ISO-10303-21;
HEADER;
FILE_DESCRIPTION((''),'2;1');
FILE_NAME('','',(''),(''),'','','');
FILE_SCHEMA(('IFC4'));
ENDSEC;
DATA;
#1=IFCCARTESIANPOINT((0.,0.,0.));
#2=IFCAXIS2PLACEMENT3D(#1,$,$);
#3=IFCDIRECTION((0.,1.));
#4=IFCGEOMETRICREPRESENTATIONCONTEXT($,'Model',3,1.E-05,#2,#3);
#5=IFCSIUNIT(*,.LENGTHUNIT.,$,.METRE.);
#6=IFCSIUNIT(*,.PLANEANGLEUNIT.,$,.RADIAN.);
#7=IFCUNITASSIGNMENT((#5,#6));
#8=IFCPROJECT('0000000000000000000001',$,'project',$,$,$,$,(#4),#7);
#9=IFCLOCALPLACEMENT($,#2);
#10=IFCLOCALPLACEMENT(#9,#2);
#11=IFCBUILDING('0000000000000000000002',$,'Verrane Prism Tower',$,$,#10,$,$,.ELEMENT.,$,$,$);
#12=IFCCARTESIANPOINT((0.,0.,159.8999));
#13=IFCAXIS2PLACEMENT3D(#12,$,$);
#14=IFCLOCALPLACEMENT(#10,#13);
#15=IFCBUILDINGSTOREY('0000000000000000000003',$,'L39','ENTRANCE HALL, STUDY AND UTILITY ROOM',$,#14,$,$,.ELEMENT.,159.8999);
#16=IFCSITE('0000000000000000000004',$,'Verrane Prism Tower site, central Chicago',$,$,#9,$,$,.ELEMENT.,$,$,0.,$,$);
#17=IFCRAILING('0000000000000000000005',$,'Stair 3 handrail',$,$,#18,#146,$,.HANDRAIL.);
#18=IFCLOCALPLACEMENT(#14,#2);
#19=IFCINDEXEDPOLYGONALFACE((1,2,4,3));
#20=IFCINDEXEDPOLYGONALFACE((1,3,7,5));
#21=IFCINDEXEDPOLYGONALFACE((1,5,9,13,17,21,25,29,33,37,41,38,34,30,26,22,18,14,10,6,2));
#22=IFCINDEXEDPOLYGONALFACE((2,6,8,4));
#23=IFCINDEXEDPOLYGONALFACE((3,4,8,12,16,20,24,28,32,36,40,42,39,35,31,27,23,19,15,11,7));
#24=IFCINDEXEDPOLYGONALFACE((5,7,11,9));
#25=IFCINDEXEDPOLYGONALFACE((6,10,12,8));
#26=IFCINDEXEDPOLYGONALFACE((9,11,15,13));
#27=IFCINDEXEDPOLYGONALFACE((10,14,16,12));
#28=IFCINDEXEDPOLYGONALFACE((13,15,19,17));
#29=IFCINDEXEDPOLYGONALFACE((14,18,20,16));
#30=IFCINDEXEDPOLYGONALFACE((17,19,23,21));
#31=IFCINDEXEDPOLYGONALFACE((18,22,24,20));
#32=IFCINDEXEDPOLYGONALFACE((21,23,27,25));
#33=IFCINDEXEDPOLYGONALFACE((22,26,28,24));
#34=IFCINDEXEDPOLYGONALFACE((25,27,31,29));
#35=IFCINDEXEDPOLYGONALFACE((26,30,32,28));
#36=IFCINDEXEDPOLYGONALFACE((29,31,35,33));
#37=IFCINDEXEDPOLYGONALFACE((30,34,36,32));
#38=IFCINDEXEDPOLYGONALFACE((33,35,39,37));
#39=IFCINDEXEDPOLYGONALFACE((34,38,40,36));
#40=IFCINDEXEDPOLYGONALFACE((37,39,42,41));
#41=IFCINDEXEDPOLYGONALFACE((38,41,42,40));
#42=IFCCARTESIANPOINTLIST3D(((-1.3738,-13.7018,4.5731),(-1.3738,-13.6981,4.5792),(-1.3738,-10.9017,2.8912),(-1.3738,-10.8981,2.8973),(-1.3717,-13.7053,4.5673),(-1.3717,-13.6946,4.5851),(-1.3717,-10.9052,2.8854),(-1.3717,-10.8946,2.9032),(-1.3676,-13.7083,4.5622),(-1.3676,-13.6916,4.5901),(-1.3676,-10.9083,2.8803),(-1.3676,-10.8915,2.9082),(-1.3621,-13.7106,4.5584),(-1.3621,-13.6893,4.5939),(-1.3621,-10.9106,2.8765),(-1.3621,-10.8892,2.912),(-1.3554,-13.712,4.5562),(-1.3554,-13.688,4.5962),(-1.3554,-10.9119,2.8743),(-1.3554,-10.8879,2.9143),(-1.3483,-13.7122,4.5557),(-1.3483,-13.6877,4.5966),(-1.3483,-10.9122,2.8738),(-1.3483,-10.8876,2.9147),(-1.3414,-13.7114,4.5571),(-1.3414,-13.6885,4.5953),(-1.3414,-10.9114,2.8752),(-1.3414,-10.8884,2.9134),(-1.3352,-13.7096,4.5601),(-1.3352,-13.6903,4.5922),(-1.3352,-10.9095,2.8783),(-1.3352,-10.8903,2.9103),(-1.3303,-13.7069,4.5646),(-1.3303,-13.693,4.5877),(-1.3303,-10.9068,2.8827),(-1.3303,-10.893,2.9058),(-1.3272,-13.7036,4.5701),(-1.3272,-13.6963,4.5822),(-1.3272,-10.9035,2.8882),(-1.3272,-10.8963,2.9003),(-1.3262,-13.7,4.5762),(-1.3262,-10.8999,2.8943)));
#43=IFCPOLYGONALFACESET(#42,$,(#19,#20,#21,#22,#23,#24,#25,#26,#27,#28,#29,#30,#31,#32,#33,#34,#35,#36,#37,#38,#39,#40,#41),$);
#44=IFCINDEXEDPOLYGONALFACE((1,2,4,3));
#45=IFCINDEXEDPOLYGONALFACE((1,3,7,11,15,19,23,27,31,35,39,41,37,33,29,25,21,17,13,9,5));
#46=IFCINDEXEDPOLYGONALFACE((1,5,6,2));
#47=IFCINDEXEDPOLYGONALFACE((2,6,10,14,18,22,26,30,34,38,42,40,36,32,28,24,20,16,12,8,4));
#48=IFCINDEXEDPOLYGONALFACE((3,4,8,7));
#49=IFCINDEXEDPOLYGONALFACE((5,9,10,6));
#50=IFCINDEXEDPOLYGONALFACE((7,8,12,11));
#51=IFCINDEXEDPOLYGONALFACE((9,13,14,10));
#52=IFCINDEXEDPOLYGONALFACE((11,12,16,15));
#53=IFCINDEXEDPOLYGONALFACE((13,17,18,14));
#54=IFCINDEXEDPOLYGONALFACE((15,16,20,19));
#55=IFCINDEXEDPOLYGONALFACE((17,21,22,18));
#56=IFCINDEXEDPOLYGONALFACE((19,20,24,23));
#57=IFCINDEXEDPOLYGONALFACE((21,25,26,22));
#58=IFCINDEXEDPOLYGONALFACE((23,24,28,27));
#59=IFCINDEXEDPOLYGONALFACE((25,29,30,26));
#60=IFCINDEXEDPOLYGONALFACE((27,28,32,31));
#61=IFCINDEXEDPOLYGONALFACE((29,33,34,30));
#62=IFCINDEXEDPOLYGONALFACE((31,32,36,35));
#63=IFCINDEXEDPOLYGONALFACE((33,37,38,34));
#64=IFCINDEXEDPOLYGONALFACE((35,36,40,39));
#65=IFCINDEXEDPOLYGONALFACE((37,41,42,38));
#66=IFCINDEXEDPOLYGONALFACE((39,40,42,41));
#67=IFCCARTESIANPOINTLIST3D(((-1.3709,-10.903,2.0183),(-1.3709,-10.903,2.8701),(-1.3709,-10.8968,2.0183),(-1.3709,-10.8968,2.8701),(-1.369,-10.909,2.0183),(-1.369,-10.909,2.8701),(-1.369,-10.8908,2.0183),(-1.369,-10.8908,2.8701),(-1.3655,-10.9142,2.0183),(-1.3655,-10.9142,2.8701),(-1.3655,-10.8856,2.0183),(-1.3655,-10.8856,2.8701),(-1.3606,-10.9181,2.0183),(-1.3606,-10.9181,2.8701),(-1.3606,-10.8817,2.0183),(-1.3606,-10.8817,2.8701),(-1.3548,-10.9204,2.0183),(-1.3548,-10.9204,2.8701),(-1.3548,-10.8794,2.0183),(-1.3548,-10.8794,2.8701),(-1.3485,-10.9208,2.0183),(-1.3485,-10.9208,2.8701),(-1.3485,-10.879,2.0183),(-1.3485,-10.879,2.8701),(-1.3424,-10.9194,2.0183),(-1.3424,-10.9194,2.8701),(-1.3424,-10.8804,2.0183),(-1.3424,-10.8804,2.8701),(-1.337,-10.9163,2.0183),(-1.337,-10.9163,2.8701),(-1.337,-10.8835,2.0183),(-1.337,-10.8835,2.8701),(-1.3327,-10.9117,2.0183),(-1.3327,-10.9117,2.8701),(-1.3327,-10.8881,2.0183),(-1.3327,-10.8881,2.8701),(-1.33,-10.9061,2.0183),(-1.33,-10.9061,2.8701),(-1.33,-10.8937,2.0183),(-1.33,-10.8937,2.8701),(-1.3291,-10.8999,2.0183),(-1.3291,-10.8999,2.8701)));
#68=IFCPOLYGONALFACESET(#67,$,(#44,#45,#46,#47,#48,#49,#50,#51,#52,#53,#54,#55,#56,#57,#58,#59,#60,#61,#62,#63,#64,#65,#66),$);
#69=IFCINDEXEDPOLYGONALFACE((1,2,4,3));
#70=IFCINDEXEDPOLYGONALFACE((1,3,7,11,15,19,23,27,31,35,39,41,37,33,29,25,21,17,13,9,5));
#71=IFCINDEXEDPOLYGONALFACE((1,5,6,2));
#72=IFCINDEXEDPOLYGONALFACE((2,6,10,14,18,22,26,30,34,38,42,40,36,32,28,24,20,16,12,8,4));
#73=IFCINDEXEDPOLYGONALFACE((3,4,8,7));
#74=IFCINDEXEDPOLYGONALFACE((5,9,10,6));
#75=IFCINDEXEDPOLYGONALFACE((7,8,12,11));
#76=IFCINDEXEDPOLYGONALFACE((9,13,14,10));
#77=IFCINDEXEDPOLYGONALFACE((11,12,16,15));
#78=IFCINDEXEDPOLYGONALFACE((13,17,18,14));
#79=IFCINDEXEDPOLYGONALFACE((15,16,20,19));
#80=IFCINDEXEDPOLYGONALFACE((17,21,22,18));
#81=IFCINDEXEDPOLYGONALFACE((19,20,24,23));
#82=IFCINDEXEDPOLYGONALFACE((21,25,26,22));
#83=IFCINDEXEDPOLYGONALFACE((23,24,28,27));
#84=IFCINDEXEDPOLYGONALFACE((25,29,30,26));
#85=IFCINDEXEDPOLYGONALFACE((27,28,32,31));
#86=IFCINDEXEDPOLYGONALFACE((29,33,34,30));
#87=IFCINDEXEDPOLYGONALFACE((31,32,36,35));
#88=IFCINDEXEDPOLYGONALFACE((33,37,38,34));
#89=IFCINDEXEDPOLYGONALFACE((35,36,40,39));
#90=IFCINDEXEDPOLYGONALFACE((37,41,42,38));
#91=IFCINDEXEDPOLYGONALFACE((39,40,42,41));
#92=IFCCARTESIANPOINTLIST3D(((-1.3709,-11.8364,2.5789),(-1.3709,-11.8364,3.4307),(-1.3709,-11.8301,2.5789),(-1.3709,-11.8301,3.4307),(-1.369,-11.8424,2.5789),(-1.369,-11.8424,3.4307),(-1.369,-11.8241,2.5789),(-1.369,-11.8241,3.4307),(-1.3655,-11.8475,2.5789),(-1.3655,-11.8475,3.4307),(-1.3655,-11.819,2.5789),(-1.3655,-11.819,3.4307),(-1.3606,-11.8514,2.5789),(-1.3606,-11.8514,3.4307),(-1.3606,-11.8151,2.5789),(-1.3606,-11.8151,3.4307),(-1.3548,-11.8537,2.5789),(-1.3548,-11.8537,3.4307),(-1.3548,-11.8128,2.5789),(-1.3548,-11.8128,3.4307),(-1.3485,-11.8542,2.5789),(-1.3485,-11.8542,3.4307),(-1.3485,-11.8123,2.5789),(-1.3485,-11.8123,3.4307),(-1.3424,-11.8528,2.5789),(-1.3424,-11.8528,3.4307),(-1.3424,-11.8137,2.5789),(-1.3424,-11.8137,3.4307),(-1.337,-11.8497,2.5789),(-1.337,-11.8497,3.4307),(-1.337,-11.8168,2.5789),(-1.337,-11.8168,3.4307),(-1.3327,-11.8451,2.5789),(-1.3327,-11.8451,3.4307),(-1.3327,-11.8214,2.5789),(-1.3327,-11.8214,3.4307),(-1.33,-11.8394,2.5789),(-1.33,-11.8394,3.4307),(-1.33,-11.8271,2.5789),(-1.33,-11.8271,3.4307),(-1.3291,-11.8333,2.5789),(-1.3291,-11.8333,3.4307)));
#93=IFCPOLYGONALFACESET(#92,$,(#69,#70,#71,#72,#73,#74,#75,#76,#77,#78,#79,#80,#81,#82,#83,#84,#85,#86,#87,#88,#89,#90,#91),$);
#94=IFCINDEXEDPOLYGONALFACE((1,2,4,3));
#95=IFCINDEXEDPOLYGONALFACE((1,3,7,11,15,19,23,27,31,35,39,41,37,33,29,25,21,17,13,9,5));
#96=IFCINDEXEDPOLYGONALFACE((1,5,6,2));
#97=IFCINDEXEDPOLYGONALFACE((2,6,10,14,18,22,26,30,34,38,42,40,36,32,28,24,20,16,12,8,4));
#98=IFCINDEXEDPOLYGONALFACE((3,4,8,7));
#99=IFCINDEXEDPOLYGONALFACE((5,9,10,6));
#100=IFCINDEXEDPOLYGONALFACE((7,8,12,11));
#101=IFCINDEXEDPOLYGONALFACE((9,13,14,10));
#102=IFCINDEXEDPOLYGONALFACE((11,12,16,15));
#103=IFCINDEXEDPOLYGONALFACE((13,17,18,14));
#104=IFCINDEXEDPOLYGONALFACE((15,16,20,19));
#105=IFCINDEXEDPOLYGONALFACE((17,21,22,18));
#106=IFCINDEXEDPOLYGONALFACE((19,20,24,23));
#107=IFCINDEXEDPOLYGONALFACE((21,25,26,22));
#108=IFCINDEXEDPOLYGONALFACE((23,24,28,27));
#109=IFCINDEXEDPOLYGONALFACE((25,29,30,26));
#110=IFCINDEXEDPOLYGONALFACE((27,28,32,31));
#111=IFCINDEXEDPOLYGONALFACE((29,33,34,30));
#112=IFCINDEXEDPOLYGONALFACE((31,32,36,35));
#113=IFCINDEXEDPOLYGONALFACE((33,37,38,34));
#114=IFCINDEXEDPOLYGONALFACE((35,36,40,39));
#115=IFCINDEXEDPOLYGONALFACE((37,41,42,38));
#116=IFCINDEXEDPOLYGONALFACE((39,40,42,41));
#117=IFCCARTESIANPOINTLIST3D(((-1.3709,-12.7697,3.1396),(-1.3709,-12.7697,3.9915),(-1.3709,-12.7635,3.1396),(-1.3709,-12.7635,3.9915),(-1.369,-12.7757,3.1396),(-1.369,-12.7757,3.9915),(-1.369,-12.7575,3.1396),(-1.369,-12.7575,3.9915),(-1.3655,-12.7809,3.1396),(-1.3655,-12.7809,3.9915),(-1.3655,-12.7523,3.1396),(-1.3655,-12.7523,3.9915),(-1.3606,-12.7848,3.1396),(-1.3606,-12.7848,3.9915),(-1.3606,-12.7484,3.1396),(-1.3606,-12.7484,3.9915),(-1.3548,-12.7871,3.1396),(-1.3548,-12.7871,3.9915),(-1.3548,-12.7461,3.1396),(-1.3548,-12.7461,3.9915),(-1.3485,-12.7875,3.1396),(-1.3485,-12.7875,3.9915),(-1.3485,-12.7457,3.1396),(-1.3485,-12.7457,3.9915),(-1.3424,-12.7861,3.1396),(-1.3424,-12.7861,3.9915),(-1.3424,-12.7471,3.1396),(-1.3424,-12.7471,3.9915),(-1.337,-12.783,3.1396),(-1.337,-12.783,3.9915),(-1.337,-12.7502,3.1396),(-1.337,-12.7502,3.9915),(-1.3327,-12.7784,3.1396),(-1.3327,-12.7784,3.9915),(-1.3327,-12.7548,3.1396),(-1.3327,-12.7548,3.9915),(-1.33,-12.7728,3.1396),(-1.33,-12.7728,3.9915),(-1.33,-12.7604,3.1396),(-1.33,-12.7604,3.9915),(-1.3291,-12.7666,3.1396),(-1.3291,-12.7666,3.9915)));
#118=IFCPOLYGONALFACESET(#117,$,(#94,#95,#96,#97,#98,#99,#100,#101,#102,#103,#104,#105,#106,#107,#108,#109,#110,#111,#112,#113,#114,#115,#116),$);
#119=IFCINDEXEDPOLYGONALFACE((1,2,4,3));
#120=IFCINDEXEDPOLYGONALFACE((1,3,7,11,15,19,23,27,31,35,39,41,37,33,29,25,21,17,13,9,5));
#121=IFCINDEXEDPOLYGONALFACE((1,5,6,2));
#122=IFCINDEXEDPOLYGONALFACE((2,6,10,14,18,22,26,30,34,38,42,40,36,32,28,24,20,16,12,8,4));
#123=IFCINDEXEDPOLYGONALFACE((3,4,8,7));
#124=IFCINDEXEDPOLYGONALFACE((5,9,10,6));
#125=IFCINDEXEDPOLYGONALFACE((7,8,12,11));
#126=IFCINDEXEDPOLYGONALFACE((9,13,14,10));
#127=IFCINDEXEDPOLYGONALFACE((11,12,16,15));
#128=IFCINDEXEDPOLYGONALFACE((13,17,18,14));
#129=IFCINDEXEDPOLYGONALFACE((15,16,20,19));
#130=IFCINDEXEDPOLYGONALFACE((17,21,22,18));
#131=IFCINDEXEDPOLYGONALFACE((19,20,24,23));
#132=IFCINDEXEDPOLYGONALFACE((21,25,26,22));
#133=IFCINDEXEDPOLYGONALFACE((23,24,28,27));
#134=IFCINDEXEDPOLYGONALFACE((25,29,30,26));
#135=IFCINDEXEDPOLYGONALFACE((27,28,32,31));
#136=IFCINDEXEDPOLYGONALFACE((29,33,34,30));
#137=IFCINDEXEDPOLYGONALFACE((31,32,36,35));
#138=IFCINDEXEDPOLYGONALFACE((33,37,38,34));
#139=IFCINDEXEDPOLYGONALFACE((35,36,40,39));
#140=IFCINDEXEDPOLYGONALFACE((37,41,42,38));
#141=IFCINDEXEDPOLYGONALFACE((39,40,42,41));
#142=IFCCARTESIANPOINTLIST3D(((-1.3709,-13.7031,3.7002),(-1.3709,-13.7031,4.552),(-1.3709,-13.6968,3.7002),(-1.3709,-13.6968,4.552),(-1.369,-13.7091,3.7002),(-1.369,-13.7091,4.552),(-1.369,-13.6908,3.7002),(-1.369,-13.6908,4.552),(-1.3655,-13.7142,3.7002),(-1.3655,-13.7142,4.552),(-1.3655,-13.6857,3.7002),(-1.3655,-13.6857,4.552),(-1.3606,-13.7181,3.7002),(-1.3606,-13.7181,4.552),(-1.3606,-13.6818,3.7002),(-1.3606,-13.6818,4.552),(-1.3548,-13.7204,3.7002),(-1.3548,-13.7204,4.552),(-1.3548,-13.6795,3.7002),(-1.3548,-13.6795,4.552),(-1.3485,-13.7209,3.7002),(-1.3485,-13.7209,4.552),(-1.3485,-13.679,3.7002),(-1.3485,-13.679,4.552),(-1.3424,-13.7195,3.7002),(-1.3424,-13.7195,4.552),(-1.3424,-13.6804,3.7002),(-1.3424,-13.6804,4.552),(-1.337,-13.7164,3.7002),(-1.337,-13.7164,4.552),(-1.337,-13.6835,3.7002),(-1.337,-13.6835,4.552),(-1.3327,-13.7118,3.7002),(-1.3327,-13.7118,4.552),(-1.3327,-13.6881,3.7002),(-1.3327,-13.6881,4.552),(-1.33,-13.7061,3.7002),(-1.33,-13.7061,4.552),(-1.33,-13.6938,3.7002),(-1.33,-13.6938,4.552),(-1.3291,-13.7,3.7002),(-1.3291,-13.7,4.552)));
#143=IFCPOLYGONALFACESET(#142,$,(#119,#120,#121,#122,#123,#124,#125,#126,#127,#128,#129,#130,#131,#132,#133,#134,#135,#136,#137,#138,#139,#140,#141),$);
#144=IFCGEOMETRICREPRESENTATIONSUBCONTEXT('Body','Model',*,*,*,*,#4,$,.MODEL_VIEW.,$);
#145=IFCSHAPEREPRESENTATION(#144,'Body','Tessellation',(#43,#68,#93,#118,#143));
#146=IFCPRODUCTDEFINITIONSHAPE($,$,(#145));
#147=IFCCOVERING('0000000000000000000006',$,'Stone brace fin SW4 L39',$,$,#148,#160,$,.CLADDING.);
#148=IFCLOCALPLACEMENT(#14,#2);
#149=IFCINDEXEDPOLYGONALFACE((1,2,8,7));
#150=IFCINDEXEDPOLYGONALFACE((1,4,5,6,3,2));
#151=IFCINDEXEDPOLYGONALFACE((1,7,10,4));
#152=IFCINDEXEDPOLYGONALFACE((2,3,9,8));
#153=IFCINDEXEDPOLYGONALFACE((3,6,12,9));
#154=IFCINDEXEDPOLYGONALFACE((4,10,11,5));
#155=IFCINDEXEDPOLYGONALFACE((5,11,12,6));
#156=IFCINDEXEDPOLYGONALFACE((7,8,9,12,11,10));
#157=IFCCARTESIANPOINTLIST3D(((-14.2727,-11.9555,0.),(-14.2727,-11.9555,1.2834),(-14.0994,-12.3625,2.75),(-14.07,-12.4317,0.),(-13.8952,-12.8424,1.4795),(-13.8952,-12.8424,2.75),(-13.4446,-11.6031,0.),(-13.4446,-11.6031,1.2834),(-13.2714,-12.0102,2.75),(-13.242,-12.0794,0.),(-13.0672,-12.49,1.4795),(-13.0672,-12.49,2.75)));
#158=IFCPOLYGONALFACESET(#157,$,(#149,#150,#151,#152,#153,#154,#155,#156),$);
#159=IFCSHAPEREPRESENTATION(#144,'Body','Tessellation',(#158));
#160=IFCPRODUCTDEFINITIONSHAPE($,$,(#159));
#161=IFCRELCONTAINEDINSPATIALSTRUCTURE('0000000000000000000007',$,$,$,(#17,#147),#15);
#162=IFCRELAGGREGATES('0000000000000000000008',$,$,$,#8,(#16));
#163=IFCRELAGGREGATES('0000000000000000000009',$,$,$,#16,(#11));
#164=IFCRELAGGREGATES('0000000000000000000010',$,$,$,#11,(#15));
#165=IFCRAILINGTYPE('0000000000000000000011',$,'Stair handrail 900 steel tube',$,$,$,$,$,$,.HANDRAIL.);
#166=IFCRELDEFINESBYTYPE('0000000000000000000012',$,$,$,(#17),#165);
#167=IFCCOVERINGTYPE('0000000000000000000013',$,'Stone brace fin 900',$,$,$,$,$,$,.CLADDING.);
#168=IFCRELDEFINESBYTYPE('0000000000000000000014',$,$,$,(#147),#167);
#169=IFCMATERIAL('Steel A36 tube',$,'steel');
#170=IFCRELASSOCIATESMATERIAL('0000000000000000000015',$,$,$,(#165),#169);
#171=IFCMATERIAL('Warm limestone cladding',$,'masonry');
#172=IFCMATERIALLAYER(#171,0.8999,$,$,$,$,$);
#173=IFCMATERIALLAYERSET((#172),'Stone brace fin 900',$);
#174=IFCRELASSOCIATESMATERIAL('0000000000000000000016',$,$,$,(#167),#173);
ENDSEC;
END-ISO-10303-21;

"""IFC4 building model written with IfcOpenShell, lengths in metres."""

from ifc_helpers import new_model, si_unit, direction, frame, origin, origin_2d, place, context, subcontext, project, spatial, polyline, circle, outline, extrude, material, layer, layer_set, type_object, element, save


model = new_model("IFC4")

# Units and contexts
model_context = context("Model", 3, precision=1e-05, world=origin(), true_north=direction((0.0, 1.0)))
body_context = subcontext(model_context, "Body", "Model", "MODEL_VIEW")
ifc_project = project(units=[si_unit("LENGTHUNIT", "METRE"), si_unit("PLANEANGLEUNIT", "RADIAN")], contexts=[model_context])

# Site, building, storey
site_placement = place(None, origin())
site = spatial("IfcSite", under=ifc_project, at=site_placement, Name="Verrane Prism Tower site, central Chicago", CompositionType="ELEMENT", RefElevation=0.0)
building_placement = place(site_placement, origin())
building = spatial("IfcBuilding", under=site, at=building_placement, Name="Verrane Prism Tower", CompositionType="ELEMENT")
storey_placement = place(building_placement, frame((0.0, 0.0, 159.8999)))
storey = spatial("IfcBuildingStorey", under=building, at=storey_placement, Name="L39", Description="ENTRANCE HALL, STUDY AND UTILITY ROOM", CompositionType="ELEMENT", Elevation=159.8999)

# Railing
ifc_material_1 = material(Name="Steel A36 tube", Category="steel")
railing_type = type_object("IfcRailingType", Name="Stair handrail 900 steel tube", PredefinedType="HANDRAIL", material=ifc_material_1)
railing_placement = place(storey_placement, frame((-1.3501, -10.8999, 2.0183)))
element("IfcRailing", 1, at=railing_placement, inside=storey, type_object=railing_type, Name="Stair 3 handrail", PredefinedType="HANDRAIL", context=body_context, shape_type="SweptSolid", body=[
    extrude(circle(Radius=0.0239, at=origin_2d()), frame((0.0, 0.0, 0.876), z_axis=(0.0, -0.857242, 0.514913), x_axis=(1.0, 0.0, 0.0)), (0.0, 0.0, 1.0), 3.2664),
    extrude(circle(Radius=0.021, at=origin_2d()), origin(), (0.0, 0.0, 1.0), 0.8518),
    extrude(circle(Radius=0.021, at=origin_2d()), frame((0.0, -0.9333, 0.5605)), (0.0, 0.0, 1.0), 0.8518),
    extrude(circle(Radius=0.021, at=origin_2d()), frame((0.0, -1.8667, 1.1213)), (0.0, 0.0, 1.0), 0.8518),
    extrude(circle(Radius=0.021, at=origin_2d()), frame((0.0, -2.8, 1.6819)), (0.0, 0.0, 1.0), 0.8518),
])

# Covering
ifc_material_2 = material(Name="Warm limestone cladding", Category="masonry")
ifc_layer_1 = layer(ifc_material_2, 0.8999)
ifc_layer_set_1 = layer_set([ifc_layer_1], Name="Stone brace fin 900")
covering_type = type_object("IfcCoveringType", Name="Stone brace fin 900", PredefinedType="CLADDING", material=ifc_layer_set_1)
covering_placement = place(storey_placement, frame((-13.8586, -11.7793, 0.0), z_axis=(0.0, 0.0, 1.0), x_axis=(0.391564, -0.920151, 0.0)))
element("IfcCovering", 2, at=covering_placement, inside=storey, type_object=covering_type, Name="Stone brace fin SW4 L39", PredefinedType="CLADDING", context=body_context, shape_type="SweptSolid", body=[
    extrude(outline(polyline([(0.9639, 2.75), (0.4424, 2.75), (0.0, 1.2834), (0.0, 0.0), (0.5176, 0.0), (0.9639, 1.4795), (0.9639, 2.75)])), frame((0.0, 0.45, 0.0), z_axis=(0.0, -1.0, 0.0), x_axis=(1.0, 0.0, 0.0)), (0.0, 0.0, 1.0), 0.8999),
])

save(model, "model.ifc")
